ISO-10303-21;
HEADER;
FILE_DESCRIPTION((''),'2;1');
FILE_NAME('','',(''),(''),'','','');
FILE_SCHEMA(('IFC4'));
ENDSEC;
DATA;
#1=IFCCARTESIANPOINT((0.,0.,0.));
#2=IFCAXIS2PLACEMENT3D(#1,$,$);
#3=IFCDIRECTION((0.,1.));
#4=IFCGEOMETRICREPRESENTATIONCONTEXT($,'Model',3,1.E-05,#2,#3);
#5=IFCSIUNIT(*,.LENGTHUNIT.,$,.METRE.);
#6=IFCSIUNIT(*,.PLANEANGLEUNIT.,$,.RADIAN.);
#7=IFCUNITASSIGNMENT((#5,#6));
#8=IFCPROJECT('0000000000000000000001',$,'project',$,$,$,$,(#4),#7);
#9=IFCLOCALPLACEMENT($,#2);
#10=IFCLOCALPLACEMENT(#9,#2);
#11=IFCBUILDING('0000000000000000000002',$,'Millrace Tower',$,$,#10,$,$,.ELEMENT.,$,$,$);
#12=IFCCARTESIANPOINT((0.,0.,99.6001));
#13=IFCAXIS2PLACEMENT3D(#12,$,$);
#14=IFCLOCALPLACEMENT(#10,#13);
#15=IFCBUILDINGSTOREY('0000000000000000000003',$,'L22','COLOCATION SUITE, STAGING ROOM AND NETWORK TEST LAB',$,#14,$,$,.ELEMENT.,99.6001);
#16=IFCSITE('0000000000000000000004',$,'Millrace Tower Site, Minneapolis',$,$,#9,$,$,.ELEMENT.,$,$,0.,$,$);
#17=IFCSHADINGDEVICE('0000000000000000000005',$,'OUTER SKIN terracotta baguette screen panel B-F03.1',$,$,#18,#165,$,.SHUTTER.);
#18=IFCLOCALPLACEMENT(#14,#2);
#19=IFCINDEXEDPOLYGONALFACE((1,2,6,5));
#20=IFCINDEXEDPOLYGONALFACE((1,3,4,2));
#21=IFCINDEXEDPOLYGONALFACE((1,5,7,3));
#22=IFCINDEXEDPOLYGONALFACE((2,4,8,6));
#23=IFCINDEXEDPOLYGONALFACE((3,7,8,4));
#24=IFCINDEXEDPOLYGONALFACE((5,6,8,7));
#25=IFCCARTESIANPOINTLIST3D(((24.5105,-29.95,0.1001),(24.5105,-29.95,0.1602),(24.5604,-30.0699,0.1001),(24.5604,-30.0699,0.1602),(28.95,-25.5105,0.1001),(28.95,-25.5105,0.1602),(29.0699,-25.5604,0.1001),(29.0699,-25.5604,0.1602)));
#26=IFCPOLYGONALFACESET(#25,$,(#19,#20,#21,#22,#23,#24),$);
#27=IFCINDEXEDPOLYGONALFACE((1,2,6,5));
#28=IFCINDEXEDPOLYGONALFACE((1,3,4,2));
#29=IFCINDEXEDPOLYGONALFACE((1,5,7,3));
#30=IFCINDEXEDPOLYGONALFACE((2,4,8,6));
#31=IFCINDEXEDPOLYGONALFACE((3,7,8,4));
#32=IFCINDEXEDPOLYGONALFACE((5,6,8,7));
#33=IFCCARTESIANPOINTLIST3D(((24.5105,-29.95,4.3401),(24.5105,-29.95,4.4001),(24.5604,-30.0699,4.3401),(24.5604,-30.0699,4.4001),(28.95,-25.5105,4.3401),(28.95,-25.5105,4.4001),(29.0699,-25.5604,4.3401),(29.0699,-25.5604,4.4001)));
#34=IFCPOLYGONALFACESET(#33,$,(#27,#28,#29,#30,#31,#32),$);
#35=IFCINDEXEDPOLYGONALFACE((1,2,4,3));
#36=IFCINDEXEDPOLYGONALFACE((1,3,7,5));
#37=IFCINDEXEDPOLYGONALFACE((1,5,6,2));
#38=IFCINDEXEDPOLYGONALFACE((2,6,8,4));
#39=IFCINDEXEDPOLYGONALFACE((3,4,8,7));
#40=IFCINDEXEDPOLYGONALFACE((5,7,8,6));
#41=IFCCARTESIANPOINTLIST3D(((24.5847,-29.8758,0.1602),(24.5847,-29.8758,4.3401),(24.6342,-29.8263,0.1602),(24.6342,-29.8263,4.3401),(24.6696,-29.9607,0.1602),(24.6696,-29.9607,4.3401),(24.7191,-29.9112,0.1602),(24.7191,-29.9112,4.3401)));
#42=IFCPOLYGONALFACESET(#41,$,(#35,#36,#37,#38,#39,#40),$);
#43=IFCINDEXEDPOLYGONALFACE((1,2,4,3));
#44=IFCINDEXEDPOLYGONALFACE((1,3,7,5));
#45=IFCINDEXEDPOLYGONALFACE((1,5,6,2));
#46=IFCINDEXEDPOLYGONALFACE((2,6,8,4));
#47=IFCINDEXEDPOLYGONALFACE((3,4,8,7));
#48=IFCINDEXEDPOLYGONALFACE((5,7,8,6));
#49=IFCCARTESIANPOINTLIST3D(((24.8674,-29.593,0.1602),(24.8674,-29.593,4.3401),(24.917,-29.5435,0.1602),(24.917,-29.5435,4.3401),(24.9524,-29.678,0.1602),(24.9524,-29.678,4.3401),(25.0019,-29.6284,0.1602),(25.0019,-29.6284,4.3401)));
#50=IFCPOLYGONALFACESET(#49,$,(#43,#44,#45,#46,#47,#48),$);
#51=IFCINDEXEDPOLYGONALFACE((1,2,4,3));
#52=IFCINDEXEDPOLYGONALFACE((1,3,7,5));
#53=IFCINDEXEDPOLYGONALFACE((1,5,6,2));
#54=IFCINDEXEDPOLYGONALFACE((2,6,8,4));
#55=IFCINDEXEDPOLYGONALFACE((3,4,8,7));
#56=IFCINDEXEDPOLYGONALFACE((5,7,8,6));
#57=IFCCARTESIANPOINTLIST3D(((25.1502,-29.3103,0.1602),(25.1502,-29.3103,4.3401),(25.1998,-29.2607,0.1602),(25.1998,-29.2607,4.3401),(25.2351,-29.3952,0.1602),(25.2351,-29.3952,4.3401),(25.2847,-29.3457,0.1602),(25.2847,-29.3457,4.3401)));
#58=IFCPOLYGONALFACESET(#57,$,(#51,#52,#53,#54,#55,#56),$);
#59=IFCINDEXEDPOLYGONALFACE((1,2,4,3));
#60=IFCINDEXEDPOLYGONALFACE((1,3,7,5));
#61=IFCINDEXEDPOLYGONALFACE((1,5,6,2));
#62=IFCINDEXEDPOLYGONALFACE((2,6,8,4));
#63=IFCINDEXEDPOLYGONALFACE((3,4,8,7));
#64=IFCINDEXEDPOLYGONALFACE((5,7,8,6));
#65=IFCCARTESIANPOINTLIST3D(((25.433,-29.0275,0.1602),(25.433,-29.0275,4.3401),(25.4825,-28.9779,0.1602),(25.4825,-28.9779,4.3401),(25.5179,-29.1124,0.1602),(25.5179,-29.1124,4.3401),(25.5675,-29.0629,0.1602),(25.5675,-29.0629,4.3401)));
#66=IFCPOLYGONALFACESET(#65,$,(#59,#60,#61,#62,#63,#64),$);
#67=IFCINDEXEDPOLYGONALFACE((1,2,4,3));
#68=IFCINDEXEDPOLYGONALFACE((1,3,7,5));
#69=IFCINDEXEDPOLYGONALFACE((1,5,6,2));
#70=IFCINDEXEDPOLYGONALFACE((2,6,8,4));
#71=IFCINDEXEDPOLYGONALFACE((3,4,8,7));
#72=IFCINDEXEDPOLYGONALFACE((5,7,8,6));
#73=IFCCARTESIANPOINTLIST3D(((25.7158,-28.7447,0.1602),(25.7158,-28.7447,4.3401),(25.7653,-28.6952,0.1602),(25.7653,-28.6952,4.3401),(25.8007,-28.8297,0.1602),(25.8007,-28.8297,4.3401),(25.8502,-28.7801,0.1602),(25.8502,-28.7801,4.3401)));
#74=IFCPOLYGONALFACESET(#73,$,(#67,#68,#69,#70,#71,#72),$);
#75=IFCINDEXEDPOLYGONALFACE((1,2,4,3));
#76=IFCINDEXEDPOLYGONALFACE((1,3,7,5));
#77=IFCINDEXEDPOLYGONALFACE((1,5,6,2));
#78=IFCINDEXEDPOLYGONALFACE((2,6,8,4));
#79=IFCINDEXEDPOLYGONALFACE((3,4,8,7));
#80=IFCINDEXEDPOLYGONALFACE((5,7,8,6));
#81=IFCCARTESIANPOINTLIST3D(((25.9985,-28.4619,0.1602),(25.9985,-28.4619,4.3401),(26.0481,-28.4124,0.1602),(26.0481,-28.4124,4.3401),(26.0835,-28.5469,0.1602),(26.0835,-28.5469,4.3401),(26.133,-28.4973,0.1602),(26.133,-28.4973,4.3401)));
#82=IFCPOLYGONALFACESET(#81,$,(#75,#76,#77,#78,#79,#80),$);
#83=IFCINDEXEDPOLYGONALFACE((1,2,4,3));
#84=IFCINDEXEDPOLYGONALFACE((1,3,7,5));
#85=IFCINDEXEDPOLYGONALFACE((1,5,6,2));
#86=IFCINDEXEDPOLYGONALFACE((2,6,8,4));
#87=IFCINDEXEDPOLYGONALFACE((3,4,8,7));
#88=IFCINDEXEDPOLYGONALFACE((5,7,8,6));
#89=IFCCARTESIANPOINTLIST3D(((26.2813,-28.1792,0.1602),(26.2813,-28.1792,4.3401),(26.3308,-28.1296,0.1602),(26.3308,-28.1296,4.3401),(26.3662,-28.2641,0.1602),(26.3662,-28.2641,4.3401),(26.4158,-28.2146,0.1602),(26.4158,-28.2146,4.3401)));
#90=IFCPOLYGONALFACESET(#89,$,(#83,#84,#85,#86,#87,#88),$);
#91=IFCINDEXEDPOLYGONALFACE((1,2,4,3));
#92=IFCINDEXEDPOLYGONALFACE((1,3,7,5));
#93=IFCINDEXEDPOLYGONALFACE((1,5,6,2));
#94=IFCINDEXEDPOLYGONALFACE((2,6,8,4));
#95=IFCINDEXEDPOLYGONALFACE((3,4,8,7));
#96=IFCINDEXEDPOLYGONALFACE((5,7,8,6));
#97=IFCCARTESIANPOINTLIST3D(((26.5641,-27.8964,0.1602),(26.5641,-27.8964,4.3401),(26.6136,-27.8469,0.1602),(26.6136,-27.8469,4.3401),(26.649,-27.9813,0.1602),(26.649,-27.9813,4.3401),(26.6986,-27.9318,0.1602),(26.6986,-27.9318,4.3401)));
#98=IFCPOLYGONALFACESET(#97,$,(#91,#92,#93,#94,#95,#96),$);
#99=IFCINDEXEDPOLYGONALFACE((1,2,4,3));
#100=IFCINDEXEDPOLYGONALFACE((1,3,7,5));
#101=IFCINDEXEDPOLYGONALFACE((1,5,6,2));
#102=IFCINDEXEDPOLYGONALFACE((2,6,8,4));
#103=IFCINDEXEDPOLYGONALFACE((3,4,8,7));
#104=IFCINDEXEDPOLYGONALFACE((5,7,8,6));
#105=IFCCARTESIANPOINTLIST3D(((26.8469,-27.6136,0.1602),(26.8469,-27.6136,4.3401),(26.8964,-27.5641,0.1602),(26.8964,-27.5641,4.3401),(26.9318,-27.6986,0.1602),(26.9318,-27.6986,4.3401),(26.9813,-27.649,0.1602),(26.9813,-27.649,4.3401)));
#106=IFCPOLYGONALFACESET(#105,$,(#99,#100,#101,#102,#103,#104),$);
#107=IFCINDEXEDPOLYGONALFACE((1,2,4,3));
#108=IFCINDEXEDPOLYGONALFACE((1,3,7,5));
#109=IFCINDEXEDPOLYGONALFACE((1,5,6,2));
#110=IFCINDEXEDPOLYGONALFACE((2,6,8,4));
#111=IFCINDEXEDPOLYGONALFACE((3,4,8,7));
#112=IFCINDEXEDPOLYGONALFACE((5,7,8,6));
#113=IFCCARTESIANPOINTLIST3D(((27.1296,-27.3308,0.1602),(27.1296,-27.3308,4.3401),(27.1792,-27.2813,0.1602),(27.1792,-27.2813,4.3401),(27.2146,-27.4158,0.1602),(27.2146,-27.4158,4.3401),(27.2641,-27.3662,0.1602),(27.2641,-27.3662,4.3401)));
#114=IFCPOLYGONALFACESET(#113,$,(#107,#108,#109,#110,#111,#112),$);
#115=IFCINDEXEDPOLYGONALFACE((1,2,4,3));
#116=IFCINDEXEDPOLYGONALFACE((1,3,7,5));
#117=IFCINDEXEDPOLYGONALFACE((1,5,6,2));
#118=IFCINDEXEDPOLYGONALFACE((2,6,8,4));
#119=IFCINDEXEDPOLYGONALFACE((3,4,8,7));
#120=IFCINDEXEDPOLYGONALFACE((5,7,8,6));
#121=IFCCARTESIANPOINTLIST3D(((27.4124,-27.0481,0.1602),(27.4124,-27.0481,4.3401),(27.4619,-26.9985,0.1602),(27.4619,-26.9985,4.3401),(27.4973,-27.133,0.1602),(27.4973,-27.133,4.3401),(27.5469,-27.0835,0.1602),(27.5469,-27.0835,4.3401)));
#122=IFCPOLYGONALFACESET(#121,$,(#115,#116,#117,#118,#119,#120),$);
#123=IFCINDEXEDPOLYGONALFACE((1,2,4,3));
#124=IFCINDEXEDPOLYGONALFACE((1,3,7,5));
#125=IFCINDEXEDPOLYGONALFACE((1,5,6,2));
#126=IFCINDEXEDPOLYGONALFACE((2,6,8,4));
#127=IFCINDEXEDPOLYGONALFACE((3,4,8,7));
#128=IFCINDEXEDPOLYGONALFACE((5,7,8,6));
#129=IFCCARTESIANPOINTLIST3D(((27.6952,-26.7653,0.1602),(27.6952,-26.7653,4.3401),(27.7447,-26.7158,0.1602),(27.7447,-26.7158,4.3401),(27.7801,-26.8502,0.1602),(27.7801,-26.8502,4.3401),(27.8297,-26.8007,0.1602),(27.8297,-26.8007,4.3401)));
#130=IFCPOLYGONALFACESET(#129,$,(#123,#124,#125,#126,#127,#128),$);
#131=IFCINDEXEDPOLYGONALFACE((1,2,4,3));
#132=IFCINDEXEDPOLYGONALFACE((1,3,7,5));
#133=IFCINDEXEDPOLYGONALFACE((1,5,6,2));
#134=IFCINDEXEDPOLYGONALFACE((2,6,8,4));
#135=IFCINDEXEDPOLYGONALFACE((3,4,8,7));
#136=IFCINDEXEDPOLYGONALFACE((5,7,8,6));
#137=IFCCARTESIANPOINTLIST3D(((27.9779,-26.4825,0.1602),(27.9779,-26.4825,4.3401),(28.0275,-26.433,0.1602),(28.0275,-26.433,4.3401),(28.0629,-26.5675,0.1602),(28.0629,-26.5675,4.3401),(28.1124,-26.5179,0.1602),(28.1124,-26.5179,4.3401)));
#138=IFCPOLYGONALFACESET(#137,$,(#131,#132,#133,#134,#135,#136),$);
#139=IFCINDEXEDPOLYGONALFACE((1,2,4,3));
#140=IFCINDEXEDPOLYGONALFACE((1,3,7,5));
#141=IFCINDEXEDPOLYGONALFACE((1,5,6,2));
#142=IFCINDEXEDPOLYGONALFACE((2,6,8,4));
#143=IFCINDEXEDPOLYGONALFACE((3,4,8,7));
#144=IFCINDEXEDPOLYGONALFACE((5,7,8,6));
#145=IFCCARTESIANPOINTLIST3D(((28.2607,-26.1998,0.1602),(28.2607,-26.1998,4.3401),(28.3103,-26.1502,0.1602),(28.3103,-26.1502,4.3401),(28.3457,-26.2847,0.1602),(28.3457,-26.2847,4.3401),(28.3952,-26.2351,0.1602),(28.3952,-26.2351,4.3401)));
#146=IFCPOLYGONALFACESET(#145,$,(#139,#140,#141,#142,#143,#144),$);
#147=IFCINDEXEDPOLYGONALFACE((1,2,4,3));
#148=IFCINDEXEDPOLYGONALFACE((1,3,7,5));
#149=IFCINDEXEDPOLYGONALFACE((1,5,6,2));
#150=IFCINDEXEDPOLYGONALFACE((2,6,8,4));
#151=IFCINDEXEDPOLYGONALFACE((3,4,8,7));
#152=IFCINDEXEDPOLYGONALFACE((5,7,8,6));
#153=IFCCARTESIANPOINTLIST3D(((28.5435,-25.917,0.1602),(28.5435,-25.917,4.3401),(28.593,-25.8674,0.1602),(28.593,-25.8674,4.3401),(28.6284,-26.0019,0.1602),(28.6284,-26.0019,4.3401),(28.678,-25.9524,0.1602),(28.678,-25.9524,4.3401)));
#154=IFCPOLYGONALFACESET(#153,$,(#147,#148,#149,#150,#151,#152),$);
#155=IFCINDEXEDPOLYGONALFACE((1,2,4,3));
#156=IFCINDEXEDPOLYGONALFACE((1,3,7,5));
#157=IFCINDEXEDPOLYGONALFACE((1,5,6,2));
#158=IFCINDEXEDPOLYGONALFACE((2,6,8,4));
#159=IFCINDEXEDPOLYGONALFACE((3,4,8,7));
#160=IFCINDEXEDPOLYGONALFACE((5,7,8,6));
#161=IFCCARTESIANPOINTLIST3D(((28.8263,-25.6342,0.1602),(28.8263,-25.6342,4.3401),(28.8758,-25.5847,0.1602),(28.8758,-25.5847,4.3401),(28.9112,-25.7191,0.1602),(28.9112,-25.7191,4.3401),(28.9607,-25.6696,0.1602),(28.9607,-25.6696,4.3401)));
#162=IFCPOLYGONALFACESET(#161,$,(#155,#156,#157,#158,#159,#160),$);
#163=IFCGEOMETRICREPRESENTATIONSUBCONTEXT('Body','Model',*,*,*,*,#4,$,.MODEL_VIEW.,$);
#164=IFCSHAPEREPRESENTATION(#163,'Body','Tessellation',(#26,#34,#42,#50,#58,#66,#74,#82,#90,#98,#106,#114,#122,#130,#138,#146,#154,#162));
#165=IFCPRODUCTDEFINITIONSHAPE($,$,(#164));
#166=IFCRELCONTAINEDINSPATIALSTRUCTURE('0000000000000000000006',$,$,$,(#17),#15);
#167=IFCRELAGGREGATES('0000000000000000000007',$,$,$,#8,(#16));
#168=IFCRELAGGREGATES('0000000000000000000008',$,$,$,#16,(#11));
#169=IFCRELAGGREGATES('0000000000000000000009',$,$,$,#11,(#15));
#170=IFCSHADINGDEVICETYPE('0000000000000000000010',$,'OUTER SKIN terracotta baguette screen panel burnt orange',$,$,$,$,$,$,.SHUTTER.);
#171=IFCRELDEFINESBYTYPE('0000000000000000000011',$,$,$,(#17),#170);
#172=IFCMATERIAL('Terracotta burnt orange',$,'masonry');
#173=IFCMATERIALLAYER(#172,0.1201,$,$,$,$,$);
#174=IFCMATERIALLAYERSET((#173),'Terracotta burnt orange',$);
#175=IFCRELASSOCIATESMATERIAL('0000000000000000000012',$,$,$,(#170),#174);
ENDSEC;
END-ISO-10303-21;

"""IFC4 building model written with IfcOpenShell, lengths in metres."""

from ifc_helpers import new_model, entity, si_unit, direction, frame, frame_2d, origin, place, context, subcontext, project, spatial, rectangle, extrude, source, transform, mapped, material, layer, layer_set, type_object, element, save


model = new_model("IFC4")

# Units and contexts
model_context = context("Model", 3, precision=1e-05, world=origin(), true_north=direction((0.0, 1.0)))
body_context = subcontext(model_context, "Body", "Model", "MODEL_VIEW")
ifc_project = project(units=[si_unit("LENGTHUNIT", "METRE"), si_unit("PLANEANGLEUNIT", "RADIAN")], contexts=[model_context])

# Site, building, storey
site_placement = place(None, origin())
site = spatial("IfcSite", under=ifc_project, at=site_placement, Name="Millrace Tower Site, Minneapolis", CompositionType="ELEMENT", RefElevation=0.0)
building_placement = place(site_placement, origin())
building = spatial("IfcBuilding", under=site, at=building_placement, Name="Millrace Tower", CompositionType="ELEMENT")
storey_placement = place(building_placement, frame((0.0, 0.0, 99.6001)))
storey = spatial("IfcBuildingStorey", under=building, at=storey_placement, Name="L22", Description="COLOCATION SUITE, STAGING ROOM AND NETWORK TEST LAB", CompositionType="ELEMENT", Elevation=99.6001)

# Shading device
ifc_material_1 = material(Name="Terracotta burnt orange", Category="masonry")
ifc_layer_1 = layer(ifc_material_1, 0.1201)
ifc_layer_set_1 = layer_set([ifc_layer_1], Name="Terracotta burnt orange")
shading_device_type = type_object("IfcShadingDeviceType", Name="OUTER SKIN terracotta baguette screen panel burnt orange", PredefinedType="SHUTTER", material=ifc_layer_set_1)
cartesian_point_1 = entity("IfcCartesianPoint", [-3.1392, 0.0601])
shared_polyline_1 = entity("IfcPolyline", [cartesian_point_1, entity("IfcCartesianPoint", [3.1392, 0.0601]), entity("IfcCartesianPoint", [3.1887, -0.0601]), entity("IfcCartesianPoint", [-3.1887, -0.0601]), cartesian_point_1])
shared_shape_1 = source(origin(), body_context, "Body", "SweptSolid", [
    entity("IfcExtrudedAreaSolid", entity("IfcArbitraryClosedProfileDef", "AREA", None, shared_polyline_1), entity("IfcAxis2Placement3D", entity("IfcCartesianPoint", [0.0, 0.0, 0.0])), entity("IfcDirection", [0.0, 0.0, 1.0]), 0.0601),
    entity("IfcExtrudedAreaSolid", entity("IfcArbitraryClosedProfileDef", "AREA", None, shared_polyline_1), entity("IfcAxis2Placement3D", entity("IfcCartesianPoint", [0.0, 0.0, 4.24])), entity("IfcDirection", [0.0, 0.0, 1.0]), 0.0601),
    extrude(rectangle(XDim=0.0701, YDim=0.1201, at=frame_2d((-2.9993, 0.0))), frame((0.0, 0.0, 0.0601)), (0.0, 0.0, 1.0), 4.1799),
    extrude(rectangle(XDim=0.0701, YDim=0.1201, at=frame_2d((-2.5994, 0.0))), frame((0.0, 0.0, 0.0601)), (0.0, 0.0, 1.0), 4.1799),
    extrude(rectangle(XDim=0.0701, YDim=0.1201, at=frame_2d((-2.1995, 0.0))), frame((0.0, 0.0, 0.0601)), (0.0, 0.0, 1.0), 4.1799),
    extrude(rectangle(XDim=0.0701, YDim=0.1201, at=frame_2d((-1.7996, 0.0))), frame((0.0, 0.0, 0.0601)), (0.0, 0.0, 1.0), 4.1799),
    extrude(rectangle(XDim=0.0701, YDim=0.1201, at=frame_2d((-1.3997, 0.0))), frame((0.0, 0.0, 0.0601)), (0.0, 0.0, 1.0), 4.1799),
    extrude(rectangle(XDim=0.0701, YDim=0.1201, at=frame_2d((-0.9998, 0.0))), frame((0.0, 0.0, 0.0601)), (0.0, 0.0, 1.0), 4.1799),
    extrude(rectangle(XDim=0.0701, YDim=0.1201, at=frame_2d((-0.5999, 0.0))), frame((0.0, 0.0, 0.0601)), (0.0, 0.0, 1.0), 4.1799),
    extrude(rectangle(XDim=0.0701, YDim=0.1201, at=frame_2d((-0.2, 0.0))), frame((0.0, 0.0, 0.0601)), (0.0, 0.0, 1.0), 4.1799),
    extrude(rectangle(XDim=0.0701, YDim=0.1201, at=frame_2d((0.2, 0.0))), frame((0.0, 0.0, 0.0601)), (0.0, 0.0, 1.0), 4.1799),
    extrude(rectangle(XDim=0.0701, YDim=0.1201, at=frame_2d((0.5999, 0.0))), frame((0.0, 0.0, 0.0601)), (0.0, 0.0, 1.0), 4.1799),
    extrude(rectangle(XDim=0.0701, YDim=0.1201, at=frame_2d((0.9998, 0.0))), frame((0.0, 0.0, 0.0601)), (0.0, 0.0, 1.0), 4.1799),
    extrude(rectangle(XDim=0.0701, YDim=0.1201, at=frame_2d((1.3997, 0.0))), frame((0.0, 0.0, 0.0601)), (0.0, 0.0, 1.0), 4.1799),
    extrude(rectangle(XDim=0.0701, YDim=0.1201, at=frame_2d((1.7996, 0.0))), frame((0.0, 0.0, 0.0601)), (0.0, 0.0, 1.0), 4.1799),
    extrude(rectangle(XDim=0.0701, YDim=0.1201, at=frame_2d((2.1995, 0.0))), frame((0.0, 0.0, 0.0601)), (0.0, 0.0, 1.0), 4.1799),
    extrude(rectangle(XDim=0.0701, YDim=0.1201, at=frame_2d((2.5994, 0.0))), frame((0.0, 0.0, 0.0601)), (0.0, 0.0, 1.0), 4.1799),
    extrude(rectangle(XDim=0.0701, YDim=0.1201, at=frame_2d((2.9993, 0.0))), frame((0.0, 0.0, 0.0601)), (0.0, 0.0, 1.0), 4.1799),
])
shading_device_1_placement = place(storey_placement, frame((26.7727, -27.7727, 0.1001), z_axis=(0.0, 0.0, 1.0), x_axis=(0.707107, 0.707107, 0.0)))
element("IfcShadingDevice", 1, at=shading_device_1_placement, inside=storey, type_object=shading_device_type, Name="OUTER SKIN terracotta baguette screen panel B-F03.1", PredefinedType="SHUTTER", context=body_context, shape_type="MappedRepresentation", body=[
    mapped(shared_shape_1, transform((0.0, 0.0, 0.0), scale=1.0)),
])

save(model, "model.ifc")
